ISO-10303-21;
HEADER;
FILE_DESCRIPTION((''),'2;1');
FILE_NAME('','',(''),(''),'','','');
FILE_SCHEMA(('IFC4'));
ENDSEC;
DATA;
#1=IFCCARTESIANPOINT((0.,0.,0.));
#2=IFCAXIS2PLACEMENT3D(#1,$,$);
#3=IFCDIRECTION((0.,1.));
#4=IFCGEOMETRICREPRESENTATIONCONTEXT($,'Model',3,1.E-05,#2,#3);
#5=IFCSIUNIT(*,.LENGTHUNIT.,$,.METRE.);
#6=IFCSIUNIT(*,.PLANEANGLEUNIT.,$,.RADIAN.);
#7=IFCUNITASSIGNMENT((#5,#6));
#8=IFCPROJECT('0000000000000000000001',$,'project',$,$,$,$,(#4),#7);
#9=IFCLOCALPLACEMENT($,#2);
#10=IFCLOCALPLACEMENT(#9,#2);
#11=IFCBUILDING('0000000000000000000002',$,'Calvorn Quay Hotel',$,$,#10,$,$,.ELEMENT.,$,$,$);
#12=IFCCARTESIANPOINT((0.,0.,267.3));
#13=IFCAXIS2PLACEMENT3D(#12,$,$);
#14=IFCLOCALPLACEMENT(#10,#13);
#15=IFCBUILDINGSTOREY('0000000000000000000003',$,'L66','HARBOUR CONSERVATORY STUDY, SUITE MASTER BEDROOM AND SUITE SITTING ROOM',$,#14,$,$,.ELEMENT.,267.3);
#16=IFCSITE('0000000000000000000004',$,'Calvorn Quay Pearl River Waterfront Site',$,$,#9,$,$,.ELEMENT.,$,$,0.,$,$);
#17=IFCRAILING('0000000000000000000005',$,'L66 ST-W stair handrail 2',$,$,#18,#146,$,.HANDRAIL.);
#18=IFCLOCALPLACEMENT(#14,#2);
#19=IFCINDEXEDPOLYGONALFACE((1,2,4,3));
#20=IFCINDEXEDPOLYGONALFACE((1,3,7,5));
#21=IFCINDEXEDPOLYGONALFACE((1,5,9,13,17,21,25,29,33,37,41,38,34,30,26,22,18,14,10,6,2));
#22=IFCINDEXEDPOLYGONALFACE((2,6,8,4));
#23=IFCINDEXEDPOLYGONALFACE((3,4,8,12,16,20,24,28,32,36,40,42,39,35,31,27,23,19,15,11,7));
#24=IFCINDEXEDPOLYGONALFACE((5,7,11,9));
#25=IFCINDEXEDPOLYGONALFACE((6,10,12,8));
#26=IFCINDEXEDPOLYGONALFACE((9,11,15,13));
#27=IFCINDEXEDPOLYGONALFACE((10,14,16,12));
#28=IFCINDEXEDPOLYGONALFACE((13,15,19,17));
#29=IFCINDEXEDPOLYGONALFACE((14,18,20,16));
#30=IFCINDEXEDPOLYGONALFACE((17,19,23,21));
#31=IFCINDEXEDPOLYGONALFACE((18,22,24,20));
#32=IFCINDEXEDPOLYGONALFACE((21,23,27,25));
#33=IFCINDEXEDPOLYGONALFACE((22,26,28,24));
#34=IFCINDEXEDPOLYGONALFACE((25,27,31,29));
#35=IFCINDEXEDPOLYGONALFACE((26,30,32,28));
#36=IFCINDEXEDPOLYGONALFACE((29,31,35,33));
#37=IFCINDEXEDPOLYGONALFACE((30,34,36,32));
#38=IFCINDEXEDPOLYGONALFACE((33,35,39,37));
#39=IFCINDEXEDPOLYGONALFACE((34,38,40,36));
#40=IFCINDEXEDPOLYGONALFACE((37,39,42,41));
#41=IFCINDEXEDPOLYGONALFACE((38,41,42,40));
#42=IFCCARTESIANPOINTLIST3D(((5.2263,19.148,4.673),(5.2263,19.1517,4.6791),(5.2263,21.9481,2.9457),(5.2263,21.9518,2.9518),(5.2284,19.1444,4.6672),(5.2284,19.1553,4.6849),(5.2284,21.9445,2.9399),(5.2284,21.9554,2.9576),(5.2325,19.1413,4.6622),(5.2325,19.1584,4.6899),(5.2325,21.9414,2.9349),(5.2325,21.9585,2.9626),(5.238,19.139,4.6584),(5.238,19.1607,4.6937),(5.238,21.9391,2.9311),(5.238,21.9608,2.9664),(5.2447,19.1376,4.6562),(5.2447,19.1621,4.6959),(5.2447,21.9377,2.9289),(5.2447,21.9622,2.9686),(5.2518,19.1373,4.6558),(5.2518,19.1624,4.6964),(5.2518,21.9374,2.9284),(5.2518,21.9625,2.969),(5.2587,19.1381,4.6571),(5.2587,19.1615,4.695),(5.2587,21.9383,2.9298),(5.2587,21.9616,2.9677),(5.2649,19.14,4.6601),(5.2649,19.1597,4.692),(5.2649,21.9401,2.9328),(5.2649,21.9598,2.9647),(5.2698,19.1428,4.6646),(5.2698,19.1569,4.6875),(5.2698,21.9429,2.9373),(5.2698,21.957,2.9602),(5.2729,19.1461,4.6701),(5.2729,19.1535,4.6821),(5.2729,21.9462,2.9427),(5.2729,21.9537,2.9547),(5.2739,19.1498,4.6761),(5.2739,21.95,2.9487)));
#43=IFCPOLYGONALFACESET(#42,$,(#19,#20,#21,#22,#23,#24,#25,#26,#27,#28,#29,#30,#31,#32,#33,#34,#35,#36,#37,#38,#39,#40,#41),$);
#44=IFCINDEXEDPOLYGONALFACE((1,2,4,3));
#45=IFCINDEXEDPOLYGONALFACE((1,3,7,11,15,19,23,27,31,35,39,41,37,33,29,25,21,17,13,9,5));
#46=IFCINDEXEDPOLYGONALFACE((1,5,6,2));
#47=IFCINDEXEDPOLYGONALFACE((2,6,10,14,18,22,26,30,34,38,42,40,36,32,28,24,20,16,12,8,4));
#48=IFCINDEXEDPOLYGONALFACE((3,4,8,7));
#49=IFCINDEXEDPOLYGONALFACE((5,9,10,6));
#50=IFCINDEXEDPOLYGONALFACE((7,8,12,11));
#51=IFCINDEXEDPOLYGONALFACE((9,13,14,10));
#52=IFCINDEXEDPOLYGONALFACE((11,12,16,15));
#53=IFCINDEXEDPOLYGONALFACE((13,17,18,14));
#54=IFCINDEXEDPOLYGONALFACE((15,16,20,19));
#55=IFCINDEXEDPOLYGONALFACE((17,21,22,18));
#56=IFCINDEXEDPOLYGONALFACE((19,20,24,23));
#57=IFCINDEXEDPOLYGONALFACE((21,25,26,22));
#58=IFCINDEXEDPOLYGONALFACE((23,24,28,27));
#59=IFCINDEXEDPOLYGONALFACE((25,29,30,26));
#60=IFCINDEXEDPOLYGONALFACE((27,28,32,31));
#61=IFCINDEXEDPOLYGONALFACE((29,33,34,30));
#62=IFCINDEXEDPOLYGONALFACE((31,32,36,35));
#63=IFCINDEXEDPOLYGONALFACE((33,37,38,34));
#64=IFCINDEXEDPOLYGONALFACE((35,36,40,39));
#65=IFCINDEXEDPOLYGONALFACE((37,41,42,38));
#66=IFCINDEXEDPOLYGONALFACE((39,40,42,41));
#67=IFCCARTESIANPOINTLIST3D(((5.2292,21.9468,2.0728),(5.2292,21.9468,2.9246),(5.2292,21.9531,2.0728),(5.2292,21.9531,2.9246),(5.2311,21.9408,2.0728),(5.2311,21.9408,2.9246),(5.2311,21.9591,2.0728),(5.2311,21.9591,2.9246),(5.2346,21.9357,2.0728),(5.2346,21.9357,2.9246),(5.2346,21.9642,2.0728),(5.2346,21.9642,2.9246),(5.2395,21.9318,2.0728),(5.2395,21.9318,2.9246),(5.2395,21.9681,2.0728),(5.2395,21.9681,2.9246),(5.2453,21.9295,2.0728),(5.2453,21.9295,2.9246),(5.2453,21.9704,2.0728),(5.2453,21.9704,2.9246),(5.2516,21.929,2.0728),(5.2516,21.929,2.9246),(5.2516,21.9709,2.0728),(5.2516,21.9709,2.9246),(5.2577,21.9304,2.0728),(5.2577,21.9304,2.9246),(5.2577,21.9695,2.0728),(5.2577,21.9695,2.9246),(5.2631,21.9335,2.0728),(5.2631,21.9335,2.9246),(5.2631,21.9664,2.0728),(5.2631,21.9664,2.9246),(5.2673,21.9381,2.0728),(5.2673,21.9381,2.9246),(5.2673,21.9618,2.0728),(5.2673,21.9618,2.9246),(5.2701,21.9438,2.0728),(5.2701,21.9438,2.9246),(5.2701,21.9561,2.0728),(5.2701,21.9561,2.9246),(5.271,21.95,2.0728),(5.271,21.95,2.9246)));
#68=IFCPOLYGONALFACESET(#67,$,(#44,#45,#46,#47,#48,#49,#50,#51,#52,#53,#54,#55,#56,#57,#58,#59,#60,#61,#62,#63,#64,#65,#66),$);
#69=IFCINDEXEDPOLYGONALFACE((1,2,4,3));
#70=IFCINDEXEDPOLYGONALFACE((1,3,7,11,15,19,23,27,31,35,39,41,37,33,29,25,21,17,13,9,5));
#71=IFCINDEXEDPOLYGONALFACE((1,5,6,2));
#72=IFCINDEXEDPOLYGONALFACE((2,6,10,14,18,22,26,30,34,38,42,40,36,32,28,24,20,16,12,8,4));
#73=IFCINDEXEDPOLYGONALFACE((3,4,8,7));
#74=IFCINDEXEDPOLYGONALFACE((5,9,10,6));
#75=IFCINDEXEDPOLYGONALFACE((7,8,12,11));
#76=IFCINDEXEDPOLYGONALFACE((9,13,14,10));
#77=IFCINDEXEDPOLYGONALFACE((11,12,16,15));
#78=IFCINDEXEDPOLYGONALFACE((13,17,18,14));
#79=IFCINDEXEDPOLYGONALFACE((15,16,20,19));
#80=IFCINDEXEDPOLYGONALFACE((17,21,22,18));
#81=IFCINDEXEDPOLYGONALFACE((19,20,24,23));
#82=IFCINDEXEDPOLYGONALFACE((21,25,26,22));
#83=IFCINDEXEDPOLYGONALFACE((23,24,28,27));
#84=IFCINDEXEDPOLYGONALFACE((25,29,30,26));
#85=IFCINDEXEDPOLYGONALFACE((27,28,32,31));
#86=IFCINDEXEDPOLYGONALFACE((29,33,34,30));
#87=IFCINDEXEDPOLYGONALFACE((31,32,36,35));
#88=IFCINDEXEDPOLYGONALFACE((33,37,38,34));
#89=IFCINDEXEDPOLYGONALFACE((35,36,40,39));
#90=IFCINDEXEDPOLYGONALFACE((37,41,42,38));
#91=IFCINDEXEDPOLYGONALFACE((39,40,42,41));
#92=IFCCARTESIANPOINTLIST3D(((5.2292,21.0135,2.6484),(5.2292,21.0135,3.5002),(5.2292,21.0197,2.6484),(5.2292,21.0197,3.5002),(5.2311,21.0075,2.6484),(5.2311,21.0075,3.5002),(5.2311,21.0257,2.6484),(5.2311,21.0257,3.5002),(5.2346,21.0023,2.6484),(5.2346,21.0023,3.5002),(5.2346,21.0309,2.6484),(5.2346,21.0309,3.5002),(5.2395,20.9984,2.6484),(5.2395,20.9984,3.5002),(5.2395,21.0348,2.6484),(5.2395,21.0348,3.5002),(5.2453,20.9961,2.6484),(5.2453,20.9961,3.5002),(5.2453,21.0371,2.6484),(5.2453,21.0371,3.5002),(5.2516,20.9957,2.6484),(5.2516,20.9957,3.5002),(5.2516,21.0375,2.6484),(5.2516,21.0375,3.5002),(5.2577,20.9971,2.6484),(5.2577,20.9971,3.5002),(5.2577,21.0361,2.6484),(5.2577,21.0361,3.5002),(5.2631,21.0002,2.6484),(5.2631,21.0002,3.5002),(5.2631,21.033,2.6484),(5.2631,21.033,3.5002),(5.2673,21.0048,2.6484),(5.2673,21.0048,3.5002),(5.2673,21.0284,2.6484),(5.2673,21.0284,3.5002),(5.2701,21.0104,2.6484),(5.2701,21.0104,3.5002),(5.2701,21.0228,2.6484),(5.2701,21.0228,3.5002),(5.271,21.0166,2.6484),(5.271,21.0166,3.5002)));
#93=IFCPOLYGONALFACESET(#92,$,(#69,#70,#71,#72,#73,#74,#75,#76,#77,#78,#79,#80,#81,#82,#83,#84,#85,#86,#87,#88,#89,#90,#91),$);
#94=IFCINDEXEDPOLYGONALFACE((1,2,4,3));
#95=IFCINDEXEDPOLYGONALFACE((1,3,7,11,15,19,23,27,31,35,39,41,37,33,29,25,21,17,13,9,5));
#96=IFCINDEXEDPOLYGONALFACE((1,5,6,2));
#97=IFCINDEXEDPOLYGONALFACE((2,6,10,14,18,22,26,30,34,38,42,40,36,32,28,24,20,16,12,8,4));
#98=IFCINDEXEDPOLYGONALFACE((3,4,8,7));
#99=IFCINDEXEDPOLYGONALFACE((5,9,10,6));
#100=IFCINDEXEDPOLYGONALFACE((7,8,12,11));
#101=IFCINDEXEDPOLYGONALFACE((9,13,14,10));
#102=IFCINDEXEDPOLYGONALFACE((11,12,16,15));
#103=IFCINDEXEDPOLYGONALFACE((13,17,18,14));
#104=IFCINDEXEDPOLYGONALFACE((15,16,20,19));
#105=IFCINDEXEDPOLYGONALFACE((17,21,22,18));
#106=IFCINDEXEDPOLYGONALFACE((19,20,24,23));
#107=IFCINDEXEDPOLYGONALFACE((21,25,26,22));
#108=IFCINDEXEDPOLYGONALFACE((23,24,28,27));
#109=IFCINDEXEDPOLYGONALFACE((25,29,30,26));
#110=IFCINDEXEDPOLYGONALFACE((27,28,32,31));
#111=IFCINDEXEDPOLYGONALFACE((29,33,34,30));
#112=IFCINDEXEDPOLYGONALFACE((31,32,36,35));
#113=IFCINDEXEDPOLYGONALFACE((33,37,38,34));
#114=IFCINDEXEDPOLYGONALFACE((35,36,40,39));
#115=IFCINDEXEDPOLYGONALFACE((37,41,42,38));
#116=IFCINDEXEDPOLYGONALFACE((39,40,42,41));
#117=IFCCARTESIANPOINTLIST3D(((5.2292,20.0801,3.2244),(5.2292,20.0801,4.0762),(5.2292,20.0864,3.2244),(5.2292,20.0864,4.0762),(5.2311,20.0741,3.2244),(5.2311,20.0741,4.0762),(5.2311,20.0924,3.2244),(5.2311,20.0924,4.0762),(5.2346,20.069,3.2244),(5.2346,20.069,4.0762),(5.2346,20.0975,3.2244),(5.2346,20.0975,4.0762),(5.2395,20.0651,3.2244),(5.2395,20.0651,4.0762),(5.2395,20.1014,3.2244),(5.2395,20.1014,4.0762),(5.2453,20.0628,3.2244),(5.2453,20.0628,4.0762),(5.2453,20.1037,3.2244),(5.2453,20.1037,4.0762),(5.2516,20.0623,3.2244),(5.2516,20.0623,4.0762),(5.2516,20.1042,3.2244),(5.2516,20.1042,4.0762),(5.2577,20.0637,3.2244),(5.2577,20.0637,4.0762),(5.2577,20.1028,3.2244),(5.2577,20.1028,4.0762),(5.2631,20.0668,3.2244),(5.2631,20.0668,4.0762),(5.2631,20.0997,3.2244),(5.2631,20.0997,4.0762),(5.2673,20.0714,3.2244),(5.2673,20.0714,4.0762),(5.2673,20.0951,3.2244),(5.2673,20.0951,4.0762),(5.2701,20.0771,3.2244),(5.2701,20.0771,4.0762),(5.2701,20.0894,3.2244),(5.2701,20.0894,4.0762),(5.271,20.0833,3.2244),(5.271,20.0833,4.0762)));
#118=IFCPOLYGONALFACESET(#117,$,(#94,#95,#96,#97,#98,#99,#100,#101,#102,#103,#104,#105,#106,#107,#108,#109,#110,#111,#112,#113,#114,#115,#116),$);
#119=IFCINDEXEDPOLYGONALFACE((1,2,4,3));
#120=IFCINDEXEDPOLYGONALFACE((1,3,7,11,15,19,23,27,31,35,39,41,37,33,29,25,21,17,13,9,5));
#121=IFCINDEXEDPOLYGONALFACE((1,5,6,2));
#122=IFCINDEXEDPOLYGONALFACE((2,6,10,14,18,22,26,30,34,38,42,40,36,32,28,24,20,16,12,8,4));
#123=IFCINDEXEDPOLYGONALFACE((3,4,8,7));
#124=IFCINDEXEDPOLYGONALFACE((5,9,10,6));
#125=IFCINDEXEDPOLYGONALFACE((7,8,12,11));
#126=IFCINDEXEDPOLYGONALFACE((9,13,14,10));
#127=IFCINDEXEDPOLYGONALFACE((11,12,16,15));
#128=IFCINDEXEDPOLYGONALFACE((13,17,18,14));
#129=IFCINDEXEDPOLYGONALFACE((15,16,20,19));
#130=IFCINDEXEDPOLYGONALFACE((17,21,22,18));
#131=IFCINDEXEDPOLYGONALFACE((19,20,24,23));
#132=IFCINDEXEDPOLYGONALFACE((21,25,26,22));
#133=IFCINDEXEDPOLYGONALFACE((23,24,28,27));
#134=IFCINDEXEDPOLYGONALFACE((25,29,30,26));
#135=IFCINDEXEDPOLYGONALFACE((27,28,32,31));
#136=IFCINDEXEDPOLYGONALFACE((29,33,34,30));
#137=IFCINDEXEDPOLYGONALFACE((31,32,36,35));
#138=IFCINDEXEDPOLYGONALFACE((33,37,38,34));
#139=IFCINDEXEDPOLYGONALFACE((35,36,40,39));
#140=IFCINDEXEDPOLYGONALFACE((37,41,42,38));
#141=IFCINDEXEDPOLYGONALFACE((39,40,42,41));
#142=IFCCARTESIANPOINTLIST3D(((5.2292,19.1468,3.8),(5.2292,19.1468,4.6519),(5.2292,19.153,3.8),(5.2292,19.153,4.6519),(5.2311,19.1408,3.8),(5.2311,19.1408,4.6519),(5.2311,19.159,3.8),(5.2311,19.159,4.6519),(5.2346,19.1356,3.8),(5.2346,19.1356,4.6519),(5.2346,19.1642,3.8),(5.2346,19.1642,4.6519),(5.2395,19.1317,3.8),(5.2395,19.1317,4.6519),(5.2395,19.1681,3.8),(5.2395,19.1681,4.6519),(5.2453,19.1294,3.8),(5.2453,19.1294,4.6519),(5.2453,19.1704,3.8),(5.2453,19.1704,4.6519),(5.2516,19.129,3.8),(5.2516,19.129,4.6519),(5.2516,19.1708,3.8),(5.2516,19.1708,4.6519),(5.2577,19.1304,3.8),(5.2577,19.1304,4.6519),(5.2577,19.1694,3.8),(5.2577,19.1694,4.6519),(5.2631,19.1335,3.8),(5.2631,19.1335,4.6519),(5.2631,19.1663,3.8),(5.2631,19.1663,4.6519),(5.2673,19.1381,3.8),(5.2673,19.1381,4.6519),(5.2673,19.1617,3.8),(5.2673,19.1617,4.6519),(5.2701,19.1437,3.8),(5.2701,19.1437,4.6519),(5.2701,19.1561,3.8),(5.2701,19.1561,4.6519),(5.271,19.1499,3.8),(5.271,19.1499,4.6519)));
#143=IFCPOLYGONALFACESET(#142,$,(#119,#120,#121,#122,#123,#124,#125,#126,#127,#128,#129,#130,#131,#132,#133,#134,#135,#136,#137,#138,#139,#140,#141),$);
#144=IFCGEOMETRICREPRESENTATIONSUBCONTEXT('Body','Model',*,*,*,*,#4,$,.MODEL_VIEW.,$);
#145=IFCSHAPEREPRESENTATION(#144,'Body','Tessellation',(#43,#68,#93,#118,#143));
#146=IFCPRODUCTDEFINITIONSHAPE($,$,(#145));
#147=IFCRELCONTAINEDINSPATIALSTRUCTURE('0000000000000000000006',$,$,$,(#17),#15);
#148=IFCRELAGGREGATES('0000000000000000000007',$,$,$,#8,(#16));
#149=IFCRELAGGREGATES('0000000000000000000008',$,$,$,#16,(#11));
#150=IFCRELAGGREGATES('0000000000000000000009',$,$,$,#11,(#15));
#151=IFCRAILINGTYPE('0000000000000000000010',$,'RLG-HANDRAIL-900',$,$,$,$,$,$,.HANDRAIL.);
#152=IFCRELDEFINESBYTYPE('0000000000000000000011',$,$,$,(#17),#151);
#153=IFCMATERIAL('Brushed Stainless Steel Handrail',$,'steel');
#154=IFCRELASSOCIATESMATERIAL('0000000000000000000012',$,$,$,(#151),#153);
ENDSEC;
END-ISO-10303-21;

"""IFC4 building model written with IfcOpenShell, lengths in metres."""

from ifc_helpers import new_model, si_unit, direction, frame, origin, origin_2d, place, context, subcontext, project, spatial, circle, extrude, material, type_object, element, save


model = new_model("IFC4")

# Units and contexts
model_context = context("Model", 3, precision=1e-05, world=origin(), true_north=direction((0.0, 1.0)))
body_context = subcontext(model_context, "Body", "Model", "MODEL_VIEW")
ifc_project = project(units=[si_unit("LENGTHUNIT", "METRE"), si_unit("PLANEANGLEUNIT", "RADIAN")], contexts=[model_context])

# Site, building, storey
site_placement = place(None, origin())
site = spatial("IfcSite", under=ifc_project, at=site_placement, Name="Calvorn Quay Pearl River Waterfront Site", CompositionType="ELEMENT", RefElevation=0.0)
building_placement = place(site_placement, origin())
building = spatial("IfcBuilding", under=site, at=building_placement, Name="Calvorn Quay Hotel", CompositionType="ELEMENT")
storey_placement = place(building_placement, frame((0.0, 0.0, 267.3)))
storey = spatial("IfcBuildingStorey", under=building, at=storey_placement, Name="L66", Description="HARBOUR CONSERVATORY STUDY, SUITE MASTER BEDROOM AND SUITE SITTING ROOM", CompositionType="ELEMENT", Elevation=267.3)

# Railing
ifc_material_1 = material(Name="Brushed Stainless Steel Handrail", Category="steel")
railing_type_1 = type_object("IfcRailingType", Name="RLG-HANDRAIL-900", PredefinedType="HANDRAIL", material=ifc_material_1)
railing_1_placement = place(storey_placement, frame((5.25, 21.95, 2.0728)))
element("IfcRailing", 1, at=railing_1_placement, inside=storey, type_object=railing_type_1, Name="L66 ST-W stair handrail 2", PredefinedType="HANDRAIL", context=body_context, shape_type="SweptSolid", body=[
    extrude(circle(Radius=0.0239, at=origin_2d()), frame((0.0, 0.0, 0.876), z_axis=(0.0, -0.85109, 0.52502), x_axis=(1.0, 0.0, 0.0)), (0.0, 0.0, 1.0), 3.29),
    extrude(circle(Radius=0.021, at=origin_2d()), origin(), (0.0, 0.0, 1.0), 0.8518),
    extrude(circle(Radius=0.021, at=origin_2d()), frame((0.0, -0.9333, 0.5757)), (0.0, 0.0, 1.0), 0.8518),
    extrude(circle(Radius=0.021, at=origin_2d()), frame((0.0, -1.8667, 1.1516)), (0.0, 0.0, 1.0), 0.8518),
    extrude(circle(Radius=0.021, at=origin_2d()), frame((0.0, -2.8, 1.7273)), (0.0, 0.0, 1.0), 0.8518),
])

save(model, "model.ifc")
